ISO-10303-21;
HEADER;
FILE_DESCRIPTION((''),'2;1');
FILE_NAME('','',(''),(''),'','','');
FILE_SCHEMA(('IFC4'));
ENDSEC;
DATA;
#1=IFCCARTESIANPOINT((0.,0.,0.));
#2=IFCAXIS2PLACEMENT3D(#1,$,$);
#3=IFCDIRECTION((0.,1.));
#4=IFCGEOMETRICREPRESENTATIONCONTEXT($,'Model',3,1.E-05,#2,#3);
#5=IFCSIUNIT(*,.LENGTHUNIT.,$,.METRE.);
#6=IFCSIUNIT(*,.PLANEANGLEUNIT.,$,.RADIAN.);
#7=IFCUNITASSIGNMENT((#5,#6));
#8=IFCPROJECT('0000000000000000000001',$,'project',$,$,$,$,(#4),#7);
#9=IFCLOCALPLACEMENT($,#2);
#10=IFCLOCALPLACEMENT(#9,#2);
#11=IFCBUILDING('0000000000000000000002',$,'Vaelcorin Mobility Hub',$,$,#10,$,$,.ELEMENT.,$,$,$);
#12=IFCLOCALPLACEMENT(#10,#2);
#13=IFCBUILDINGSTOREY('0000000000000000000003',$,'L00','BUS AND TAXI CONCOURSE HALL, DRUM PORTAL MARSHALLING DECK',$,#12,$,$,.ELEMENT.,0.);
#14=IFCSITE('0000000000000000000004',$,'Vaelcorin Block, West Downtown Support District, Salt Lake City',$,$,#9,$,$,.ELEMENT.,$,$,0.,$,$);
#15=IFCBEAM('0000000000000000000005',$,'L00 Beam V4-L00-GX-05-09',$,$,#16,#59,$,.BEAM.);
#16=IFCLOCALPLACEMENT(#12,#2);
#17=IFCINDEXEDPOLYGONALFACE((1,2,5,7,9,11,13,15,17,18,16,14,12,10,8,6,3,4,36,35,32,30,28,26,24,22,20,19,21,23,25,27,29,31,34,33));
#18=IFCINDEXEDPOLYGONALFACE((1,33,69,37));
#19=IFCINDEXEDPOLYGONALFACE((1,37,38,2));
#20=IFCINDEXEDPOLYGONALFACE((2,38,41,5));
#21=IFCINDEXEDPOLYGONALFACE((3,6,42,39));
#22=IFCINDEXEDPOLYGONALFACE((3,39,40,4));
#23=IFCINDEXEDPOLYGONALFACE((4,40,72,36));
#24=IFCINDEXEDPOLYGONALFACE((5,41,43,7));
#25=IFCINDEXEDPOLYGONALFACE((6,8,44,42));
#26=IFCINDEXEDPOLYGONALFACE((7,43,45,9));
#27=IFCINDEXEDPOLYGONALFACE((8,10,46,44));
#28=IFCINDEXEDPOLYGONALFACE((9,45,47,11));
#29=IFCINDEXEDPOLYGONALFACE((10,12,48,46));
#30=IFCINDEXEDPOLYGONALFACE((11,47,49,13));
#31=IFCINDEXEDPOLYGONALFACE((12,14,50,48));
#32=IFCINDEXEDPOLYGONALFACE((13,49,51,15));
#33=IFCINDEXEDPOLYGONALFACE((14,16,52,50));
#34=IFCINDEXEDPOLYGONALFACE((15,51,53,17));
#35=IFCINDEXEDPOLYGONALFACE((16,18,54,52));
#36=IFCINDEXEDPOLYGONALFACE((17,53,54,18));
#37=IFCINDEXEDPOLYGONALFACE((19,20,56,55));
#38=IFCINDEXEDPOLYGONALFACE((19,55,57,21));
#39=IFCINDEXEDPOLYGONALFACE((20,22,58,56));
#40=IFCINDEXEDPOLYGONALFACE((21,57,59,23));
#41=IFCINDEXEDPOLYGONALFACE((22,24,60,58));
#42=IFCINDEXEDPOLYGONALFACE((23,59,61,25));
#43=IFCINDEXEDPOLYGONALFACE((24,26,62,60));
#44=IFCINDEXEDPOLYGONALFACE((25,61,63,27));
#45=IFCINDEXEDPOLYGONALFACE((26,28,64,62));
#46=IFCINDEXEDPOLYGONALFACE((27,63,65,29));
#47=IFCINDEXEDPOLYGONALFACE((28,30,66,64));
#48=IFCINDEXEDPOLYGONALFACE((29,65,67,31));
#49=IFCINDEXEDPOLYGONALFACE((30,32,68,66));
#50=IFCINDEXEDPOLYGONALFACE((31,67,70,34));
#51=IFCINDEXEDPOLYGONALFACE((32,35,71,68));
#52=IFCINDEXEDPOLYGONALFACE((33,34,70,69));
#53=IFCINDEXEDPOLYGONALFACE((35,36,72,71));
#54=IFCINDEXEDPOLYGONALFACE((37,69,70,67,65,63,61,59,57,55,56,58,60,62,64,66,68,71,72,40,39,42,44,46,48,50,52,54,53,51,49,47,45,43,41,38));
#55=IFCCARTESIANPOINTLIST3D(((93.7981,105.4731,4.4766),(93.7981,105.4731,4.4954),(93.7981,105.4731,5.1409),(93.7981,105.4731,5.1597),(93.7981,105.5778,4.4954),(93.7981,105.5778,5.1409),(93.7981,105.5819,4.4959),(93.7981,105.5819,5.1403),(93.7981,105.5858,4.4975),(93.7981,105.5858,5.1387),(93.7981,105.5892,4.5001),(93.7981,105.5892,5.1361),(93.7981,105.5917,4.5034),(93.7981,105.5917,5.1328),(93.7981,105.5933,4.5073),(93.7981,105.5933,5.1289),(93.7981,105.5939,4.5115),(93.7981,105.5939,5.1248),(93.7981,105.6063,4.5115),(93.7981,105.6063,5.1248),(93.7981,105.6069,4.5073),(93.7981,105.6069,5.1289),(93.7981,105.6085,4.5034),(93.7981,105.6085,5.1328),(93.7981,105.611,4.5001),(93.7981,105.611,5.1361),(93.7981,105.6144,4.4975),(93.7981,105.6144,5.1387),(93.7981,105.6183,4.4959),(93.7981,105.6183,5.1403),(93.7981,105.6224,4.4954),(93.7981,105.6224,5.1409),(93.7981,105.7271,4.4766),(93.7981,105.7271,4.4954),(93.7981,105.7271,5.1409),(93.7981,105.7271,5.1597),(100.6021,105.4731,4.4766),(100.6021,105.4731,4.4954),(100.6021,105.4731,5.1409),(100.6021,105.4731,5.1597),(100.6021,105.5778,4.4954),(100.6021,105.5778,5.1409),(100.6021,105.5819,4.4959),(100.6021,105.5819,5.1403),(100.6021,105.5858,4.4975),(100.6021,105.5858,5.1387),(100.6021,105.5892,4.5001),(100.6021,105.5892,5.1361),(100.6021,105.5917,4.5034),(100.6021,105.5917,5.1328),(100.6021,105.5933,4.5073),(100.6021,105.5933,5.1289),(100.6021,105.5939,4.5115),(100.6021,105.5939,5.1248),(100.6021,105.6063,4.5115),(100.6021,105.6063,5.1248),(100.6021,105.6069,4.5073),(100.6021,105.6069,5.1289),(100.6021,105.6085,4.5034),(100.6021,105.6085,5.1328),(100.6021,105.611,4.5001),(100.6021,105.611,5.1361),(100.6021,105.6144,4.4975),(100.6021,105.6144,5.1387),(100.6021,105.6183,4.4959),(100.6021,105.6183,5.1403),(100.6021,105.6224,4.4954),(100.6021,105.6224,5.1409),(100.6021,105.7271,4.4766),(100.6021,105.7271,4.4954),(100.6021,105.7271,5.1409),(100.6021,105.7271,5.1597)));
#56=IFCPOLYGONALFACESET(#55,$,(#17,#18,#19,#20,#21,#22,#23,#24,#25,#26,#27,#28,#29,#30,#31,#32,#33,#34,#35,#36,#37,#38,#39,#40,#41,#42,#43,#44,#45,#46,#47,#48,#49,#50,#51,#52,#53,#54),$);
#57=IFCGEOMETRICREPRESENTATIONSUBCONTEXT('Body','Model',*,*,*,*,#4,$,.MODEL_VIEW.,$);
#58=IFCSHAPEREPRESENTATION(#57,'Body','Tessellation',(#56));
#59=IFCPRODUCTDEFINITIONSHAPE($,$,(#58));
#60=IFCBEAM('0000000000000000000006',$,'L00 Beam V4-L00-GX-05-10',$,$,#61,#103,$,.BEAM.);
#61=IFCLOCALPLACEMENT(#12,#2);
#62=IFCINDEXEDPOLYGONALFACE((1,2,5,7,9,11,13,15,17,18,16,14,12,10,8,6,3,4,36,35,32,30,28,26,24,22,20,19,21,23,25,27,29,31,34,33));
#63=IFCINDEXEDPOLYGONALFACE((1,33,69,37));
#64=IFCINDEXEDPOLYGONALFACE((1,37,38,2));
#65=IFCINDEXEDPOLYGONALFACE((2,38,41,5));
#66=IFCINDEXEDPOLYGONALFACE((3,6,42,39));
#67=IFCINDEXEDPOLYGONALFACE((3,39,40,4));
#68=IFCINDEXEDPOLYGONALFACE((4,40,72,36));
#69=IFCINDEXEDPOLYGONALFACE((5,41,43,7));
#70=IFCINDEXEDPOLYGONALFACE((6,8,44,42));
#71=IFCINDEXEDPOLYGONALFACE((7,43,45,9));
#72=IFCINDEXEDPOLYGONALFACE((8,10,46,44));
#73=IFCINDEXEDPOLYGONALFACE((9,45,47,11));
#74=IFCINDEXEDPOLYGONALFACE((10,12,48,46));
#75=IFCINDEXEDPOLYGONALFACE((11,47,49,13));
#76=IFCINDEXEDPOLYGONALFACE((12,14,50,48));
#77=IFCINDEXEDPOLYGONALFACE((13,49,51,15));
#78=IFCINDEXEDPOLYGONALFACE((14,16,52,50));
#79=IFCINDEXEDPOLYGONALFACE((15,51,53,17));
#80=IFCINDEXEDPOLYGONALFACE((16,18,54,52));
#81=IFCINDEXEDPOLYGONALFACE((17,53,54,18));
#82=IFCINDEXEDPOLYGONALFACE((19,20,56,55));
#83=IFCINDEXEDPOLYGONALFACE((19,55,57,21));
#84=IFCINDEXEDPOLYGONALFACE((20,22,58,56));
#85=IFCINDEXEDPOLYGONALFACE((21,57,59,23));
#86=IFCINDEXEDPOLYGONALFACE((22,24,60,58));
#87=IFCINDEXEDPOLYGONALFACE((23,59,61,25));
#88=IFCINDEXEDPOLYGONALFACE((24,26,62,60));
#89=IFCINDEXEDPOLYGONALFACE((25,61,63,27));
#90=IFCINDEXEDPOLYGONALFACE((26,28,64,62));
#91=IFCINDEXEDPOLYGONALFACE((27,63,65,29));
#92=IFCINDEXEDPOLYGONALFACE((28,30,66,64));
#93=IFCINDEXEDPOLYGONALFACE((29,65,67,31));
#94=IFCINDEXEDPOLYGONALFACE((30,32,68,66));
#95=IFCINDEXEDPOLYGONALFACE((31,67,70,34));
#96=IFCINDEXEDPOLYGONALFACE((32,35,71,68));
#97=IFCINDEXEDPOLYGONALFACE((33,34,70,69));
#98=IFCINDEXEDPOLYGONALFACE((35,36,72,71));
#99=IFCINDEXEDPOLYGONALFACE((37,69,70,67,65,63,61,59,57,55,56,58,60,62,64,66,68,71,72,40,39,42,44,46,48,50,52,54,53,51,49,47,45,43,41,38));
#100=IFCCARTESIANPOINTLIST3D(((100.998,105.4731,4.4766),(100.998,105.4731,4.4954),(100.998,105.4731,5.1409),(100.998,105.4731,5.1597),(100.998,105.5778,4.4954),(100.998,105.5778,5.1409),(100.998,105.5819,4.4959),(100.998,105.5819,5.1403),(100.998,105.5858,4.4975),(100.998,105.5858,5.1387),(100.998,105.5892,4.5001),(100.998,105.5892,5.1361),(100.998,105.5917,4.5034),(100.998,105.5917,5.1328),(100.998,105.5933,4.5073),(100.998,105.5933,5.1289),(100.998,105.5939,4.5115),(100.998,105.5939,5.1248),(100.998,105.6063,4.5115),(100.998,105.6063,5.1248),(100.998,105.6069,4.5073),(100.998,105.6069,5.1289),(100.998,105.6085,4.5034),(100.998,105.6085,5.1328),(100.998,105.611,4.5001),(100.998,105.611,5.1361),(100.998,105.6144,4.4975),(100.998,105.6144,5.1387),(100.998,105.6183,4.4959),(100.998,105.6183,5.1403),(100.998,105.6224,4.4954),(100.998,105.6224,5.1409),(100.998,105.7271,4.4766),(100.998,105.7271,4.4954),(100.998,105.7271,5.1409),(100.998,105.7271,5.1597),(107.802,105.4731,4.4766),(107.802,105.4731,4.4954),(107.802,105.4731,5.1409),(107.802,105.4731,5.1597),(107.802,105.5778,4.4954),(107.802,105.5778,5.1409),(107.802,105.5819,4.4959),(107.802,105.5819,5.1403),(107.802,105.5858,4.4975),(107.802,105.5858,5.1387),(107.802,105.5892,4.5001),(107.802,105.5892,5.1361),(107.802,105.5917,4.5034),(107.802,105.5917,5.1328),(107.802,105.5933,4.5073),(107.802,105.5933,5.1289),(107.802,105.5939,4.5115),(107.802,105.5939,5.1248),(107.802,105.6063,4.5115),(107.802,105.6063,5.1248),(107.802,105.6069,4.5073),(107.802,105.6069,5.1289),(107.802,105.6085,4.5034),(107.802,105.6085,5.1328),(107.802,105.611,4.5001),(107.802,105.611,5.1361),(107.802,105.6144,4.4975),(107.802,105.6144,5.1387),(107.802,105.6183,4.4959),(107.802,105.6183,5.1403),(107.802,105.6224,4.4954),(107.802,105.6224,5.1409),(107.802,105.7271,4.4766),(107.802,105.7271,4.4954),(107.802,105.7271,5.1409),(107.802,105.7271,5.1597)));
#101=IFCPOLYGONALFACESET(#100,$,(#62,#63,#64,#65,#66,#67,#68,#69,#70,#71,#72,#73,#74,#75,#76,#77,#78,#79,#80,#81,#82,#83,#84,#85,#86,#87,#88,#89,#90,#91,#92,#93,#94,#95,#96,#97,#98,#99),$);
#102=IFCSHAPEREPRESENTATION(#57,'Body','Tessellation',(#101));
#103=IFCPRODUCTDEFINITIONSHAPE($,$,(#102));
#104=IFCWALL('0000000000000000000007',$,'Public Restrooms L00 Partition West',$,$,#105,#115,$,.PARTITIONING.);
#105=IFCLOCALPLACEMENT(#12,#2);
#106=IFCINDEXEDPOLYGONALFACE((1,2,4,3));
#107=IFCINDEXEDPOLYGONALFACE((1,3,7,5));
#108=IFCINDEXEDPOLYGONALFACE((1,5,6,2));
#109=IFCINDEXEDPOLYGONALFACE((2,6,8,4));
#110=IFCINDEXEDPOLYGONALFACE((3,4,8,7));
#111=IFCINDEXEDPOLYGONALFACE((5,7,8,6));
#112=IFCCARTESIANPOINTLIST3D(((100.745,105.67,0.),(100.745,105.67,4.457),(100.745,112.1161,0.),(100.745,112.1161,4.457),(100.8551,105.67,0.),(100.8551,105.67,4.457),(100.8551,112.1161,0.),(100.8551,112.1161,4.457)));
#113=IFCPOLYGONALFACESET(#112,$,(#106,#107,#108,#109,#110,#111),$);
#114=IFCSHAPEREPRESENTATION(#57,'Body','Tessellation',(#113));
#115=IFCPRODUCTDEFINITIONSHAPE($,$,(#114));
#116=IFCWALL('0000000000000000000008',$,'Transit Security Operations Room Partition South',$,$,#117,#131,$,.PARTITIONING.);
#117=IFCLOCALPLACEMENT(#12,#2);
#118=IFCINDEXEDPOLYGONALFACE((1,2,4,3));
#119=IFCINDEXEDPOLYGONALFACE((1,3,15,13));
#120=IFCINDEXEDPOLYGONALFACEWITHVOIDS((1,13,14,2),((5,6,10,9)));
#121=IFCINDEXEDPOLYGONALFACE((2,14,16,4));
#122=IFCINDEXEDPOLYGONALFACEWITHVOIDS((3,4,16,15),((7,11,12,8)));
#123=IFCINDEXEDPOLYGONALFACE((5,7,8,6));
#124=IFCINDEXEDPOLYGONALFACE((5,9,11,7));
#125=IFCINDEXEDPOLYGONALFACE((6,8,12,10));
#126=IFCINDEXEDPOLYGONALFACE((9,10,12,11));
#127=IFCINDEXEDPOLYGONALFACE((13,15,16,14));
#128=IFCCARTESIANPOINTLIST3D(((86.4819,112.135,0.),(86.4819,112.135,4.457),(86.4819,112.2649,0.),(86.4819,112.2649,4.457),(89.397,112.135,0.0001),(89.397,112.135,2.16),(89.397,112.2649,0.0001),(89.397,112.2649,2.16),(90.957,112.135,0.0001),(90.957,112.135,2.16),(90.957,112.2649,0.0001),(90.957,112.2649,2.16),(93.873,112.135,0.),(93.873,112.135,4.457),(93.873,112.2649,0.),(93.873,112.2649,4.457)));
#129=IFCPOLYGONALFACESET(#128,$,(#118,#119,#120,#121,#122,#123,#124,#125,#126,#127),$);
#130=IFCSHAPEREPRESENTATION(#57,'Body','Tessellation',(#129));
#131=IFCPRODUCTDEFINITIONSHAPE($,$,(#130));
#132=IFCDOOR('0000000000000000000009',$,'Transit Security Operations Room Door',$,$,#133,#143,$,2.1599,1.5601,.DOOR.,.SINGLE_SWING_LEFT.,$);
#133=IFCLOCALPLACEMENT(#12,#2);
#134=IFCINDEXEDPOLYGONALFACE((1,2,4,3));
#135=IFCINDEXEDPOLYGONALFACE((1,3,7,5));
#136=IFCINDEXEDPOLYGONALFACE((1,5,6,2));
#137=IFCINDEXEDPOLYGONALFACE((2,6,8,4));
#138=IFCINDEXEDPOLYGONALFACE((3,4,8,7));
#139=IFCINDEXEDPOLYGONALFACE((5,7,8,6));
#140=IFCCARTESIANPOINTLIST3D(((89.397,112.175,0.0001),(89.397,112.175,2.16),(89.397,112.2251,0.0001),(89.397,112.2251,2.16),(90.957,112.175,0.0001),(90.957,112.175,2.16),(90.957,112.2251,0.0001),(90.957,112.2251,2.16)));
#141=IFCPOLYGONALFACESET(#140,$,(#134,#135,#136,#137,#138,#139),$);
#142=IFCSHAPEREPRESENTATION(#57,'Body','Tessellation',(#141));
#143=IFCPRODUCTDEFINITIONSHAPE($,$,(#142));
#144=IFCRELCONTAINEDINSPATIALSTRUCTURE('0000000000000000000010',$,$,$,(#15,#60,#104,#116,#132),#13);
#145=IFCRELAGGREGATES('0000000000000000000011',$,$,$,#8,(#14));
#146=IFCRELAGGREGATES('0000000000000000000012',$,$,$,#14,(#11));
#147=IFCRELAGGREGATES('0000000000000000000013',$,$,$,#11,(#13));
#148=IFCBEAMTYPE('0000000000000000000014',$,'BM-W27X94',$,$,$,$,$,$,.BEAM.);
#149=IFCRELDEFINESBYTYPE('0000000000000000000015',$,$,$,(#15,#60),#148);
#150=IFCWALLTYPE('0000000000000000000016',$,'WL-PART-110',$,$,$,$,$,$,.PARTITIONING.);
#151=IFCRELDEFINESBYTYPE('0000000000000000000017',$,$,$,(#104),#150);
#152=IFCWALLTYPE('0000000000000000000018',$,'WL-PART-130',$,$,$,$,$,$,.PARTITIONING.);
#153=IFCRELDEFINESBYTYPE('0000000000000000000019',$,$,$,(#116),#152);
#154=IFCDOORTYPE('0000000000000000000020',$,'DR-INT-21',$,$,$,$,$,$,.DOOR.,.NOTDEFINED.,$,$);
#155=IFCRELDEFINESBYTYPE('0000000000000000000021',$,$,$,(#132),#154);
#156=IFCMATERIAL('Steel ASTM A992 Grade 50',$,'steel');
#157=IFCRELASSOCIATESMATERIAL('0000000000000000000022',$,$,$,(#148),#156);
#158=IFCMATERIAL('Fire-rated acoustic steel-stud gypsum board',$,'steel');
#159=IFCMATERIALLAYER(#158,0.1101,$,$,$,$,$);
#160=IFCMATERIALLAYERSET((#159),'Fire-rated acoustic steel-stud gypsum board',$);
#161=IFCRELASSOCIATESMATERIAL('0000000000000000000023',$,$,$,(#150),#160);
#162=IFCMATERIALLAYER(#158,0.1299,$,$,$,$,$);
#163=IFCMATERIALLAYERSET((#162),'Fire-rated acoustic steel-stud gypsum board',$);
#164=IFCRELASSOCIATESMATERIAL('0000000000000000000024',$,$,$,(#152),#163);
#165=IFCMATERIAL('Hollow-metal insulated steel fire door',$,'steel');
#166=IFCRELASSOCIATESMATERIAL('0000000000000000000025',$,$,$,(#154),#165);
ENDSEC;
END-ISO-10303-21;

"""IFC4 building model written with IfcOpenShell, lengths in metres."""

from ifc_helpers import new_model, si_unit, direction, frame, frame_2d, origin, origin_2d, place, context, subcontext, project, spatial, rectangle, i_section, extrude, material, layer, layer_set, material_profile, profile_set, type_object, element, fill, save


model = new_model("IFC4")

# Units and contexts
model_context = context("Model", 3, precision=1e-05, world=origin(), true_north=direction((0.0, 1.0)))
body_context = subcontext(model_context, "Body", "Model", "MODEL_VIEW")
ifc_project = project(units=[si_unit("LENGTHUNIT", "METRE"), si_unit("PLANEANGLEUNIT", "RADIAN")], contexts=[model_context])

# Site, building, storey
site_placement = place(None, origin())
site = spatial("IfcSite", under=ifc_project, at=site_placement, Name="Vaelcorin Block, West Downtown Support District, Salt Lake City", CompositionType="ELEMENT", RefElevation=0.0)
building_placement = place(site_placement, origin())
building = spatial("IfcBuilding", under=site, at=building_placement, Name="Vaelcorin Mobility Hub", CompositionType="ELEMENT")
storey_placement = place(building_placement, origin())
storey = spatial("IfcBuildingStorey", under=building, at=storey_placement, Name="L00", Description="BUS AND TAXI CONCOURSE HALL, DRUM PORTAL MARSHALLING DECK", CompositionType="ELEMENT", Elevation=0.0)

# Shared definitions
ifc_material_1 = material(Name="Steel ASTM A992 Grade 50", Category="steel")

# Beams
ifc_material_profile_1 = material_profile(ifc_material_1, i_section(OverallWidth=0.2539, OverallDepth=0.6831, WebThickness=0.0125, FlangeThickness=0.0188, FilletRadius=0.0161, at=origin_2d()), Name="W27X94")
ifc_profile_set_1 = profile_set([ifc_material_profile_1], Name="Steel ASTM A992 Grade 50")
beam_type_1 = type_object("IfcBeamType", Name="BM-W27X94", PredefinedType="BEAM", material=ifc_profile_set_1)
for number, where, z_axis, x_axis, name in (
    (1, (93.7981, 105.6001, 4.8181), (1.0, 0.0, 0.0), (0.0, 1.0, 0.0), "L00 Beam V4-L00-GX-05-09"),
    (2, (100.998, 105.6001, 4.8181), (1.0, 0.0, 0.0), (0.0, 1.0, 0.0), "L00 Beam V4-L00-GX-05-10"),
):
    element("IfcBeam", number, at=place(storey_placement, frame(where, z_axis=z_axis, x_axis=x_axis)), inside=storey, type_object=beam_type_1, Name=name, PredefinedType="BEAM", context=body_context, shape_type="SweptSolid", body=[
        extrude(i_section(OverallWidth=0.2539, OverallDepth=0.6831, WebThickness=0.0125, FlangeThickness=0.0188, FilletRadius=0.0161, at=origin_2d()), origin(), (0.0, 0.0, 1.0), 6.804),
    ])

# Wall
ifc_material_2 = material(Name="Fire-rated acoustic steel-stud gypsum board", Category="steel")
ifc_layer_1 = layer(ifc_material_2, 0.1101)
ifc_layer_set_1 = layer_set([ifc_layer_1], Name="Fire-rated acoustic steel-stud gypsum board")
wall_type_1 = type_object("IfcWallType", Name="WL-PART-110", PredefinedType="PARTITIONING", material=ifc_layer_set_1)
wall_1_placement = place(storey_placement, frame((100.8, 105.6699, 0.0), z_axis=(0.0, 0.0, 1.0), x_axis=(0.0, 1.0, 0.0)))
element("IfcWall", 3, at=wall_1_placement, inside=storey, type_object=wall_type_1, Name="Public Restrooms L00 Partition West", PredefinedType="PARTITIONING", context=body_context, shape_type="SweptSolid", body=[
    extrude(rectangle(XDim=6.446, YDim=0.1101, at=frame_2d((3.2231, 0.0))), origin(), (0.0, 0.0, 1.0), 4.457),
])

# Wall, opening, door
ifc_layer_2 = layer(ifc_material_2, 0.1299)
ifc_layer_set_2 = layer_set([ifc_layer_2], Name="Fire-rated acoustic steel-stud gypsum board")
wall_type_2 = type_object("IfcWallType", Name="WL-PART-130", PredefinedType="PARTITIONING", material=ifc_layer_set_2)
wall_2_placement = place(storey_placement, frame((93.873, 112.2, 0.0), z_axis=(0.0, 0.0, 1.0), x_axis=(-1.0, 0.0, 0.0)))
wall_2 = element("IfcWall", 4, at=wall_2_placement, inside=storey, type_object=wall_type_2, Name="Transit Security Operations Room Partition South", PredefinedType="PARTITIONING", context=body_context, shape_type="SweptSolid", body=[
    extrude(rectangle(XDim=7.3911, YDim=0.1299, at=frame_2d((3.6956, 0.0))), origin(), (0.0, 0.0, 1.0), 4.457),
])
opening_placement = place(wall_2_placement, frame((2.916, 0.0, 0.0)))
opening = element("IfcOpeningElement", 5, at=opening_placement, cuts=wall_2, PredefinedType="OPENING", context=body_context, shape_type="SweptSolid", body=[
    extrude(rectangle(XDim=1.5601, YDim=2.1599, at=frame_2d((0.78, 1.0801))), frame((0.0, 0.075, 0.0), z_axis=(0.0, -1.0, 0.0), x_axis=(1.0, 0.0, 0.0)), (0.0, 0.0, 1.0), 0.1499),
])
ifc_material_3 = material(Name="Hollow-metal insulated steel fire door", Category="steel")
door_type = type_object("IfcDoorType", Name="DR-INT-21", OperationType="NOTDEFINED", PredefinedType="DOOR", material=ifc_material_3)
door_placement = place(opening_placement, origin())
door = element("IfcDoor", 6, at=door_placement, inside=storey, type_object=door_type, Name="Transit Security Operations Room Door", OperationType="SINGLE_SWING_LEFT", OverallHeight=2.1599, OverallWidth=1.5601, PredefinedType="DOOR", context=body_context, shape_type="SweptSolid", body=[
    extrude(rectangle(XDim=1.5601, YDim=2.1599, at=frame_2d((0.78, 1.0801))), frame((0.0, 0.0249, 0.0), z_axis=(0.0, -1.0, 0.0), x_axis=(1.0, 0.0, 0.0)), (0.0, 0.0, 1.0), 0.05),
])
fill(opening, door)

save(model, "model.ifc")
